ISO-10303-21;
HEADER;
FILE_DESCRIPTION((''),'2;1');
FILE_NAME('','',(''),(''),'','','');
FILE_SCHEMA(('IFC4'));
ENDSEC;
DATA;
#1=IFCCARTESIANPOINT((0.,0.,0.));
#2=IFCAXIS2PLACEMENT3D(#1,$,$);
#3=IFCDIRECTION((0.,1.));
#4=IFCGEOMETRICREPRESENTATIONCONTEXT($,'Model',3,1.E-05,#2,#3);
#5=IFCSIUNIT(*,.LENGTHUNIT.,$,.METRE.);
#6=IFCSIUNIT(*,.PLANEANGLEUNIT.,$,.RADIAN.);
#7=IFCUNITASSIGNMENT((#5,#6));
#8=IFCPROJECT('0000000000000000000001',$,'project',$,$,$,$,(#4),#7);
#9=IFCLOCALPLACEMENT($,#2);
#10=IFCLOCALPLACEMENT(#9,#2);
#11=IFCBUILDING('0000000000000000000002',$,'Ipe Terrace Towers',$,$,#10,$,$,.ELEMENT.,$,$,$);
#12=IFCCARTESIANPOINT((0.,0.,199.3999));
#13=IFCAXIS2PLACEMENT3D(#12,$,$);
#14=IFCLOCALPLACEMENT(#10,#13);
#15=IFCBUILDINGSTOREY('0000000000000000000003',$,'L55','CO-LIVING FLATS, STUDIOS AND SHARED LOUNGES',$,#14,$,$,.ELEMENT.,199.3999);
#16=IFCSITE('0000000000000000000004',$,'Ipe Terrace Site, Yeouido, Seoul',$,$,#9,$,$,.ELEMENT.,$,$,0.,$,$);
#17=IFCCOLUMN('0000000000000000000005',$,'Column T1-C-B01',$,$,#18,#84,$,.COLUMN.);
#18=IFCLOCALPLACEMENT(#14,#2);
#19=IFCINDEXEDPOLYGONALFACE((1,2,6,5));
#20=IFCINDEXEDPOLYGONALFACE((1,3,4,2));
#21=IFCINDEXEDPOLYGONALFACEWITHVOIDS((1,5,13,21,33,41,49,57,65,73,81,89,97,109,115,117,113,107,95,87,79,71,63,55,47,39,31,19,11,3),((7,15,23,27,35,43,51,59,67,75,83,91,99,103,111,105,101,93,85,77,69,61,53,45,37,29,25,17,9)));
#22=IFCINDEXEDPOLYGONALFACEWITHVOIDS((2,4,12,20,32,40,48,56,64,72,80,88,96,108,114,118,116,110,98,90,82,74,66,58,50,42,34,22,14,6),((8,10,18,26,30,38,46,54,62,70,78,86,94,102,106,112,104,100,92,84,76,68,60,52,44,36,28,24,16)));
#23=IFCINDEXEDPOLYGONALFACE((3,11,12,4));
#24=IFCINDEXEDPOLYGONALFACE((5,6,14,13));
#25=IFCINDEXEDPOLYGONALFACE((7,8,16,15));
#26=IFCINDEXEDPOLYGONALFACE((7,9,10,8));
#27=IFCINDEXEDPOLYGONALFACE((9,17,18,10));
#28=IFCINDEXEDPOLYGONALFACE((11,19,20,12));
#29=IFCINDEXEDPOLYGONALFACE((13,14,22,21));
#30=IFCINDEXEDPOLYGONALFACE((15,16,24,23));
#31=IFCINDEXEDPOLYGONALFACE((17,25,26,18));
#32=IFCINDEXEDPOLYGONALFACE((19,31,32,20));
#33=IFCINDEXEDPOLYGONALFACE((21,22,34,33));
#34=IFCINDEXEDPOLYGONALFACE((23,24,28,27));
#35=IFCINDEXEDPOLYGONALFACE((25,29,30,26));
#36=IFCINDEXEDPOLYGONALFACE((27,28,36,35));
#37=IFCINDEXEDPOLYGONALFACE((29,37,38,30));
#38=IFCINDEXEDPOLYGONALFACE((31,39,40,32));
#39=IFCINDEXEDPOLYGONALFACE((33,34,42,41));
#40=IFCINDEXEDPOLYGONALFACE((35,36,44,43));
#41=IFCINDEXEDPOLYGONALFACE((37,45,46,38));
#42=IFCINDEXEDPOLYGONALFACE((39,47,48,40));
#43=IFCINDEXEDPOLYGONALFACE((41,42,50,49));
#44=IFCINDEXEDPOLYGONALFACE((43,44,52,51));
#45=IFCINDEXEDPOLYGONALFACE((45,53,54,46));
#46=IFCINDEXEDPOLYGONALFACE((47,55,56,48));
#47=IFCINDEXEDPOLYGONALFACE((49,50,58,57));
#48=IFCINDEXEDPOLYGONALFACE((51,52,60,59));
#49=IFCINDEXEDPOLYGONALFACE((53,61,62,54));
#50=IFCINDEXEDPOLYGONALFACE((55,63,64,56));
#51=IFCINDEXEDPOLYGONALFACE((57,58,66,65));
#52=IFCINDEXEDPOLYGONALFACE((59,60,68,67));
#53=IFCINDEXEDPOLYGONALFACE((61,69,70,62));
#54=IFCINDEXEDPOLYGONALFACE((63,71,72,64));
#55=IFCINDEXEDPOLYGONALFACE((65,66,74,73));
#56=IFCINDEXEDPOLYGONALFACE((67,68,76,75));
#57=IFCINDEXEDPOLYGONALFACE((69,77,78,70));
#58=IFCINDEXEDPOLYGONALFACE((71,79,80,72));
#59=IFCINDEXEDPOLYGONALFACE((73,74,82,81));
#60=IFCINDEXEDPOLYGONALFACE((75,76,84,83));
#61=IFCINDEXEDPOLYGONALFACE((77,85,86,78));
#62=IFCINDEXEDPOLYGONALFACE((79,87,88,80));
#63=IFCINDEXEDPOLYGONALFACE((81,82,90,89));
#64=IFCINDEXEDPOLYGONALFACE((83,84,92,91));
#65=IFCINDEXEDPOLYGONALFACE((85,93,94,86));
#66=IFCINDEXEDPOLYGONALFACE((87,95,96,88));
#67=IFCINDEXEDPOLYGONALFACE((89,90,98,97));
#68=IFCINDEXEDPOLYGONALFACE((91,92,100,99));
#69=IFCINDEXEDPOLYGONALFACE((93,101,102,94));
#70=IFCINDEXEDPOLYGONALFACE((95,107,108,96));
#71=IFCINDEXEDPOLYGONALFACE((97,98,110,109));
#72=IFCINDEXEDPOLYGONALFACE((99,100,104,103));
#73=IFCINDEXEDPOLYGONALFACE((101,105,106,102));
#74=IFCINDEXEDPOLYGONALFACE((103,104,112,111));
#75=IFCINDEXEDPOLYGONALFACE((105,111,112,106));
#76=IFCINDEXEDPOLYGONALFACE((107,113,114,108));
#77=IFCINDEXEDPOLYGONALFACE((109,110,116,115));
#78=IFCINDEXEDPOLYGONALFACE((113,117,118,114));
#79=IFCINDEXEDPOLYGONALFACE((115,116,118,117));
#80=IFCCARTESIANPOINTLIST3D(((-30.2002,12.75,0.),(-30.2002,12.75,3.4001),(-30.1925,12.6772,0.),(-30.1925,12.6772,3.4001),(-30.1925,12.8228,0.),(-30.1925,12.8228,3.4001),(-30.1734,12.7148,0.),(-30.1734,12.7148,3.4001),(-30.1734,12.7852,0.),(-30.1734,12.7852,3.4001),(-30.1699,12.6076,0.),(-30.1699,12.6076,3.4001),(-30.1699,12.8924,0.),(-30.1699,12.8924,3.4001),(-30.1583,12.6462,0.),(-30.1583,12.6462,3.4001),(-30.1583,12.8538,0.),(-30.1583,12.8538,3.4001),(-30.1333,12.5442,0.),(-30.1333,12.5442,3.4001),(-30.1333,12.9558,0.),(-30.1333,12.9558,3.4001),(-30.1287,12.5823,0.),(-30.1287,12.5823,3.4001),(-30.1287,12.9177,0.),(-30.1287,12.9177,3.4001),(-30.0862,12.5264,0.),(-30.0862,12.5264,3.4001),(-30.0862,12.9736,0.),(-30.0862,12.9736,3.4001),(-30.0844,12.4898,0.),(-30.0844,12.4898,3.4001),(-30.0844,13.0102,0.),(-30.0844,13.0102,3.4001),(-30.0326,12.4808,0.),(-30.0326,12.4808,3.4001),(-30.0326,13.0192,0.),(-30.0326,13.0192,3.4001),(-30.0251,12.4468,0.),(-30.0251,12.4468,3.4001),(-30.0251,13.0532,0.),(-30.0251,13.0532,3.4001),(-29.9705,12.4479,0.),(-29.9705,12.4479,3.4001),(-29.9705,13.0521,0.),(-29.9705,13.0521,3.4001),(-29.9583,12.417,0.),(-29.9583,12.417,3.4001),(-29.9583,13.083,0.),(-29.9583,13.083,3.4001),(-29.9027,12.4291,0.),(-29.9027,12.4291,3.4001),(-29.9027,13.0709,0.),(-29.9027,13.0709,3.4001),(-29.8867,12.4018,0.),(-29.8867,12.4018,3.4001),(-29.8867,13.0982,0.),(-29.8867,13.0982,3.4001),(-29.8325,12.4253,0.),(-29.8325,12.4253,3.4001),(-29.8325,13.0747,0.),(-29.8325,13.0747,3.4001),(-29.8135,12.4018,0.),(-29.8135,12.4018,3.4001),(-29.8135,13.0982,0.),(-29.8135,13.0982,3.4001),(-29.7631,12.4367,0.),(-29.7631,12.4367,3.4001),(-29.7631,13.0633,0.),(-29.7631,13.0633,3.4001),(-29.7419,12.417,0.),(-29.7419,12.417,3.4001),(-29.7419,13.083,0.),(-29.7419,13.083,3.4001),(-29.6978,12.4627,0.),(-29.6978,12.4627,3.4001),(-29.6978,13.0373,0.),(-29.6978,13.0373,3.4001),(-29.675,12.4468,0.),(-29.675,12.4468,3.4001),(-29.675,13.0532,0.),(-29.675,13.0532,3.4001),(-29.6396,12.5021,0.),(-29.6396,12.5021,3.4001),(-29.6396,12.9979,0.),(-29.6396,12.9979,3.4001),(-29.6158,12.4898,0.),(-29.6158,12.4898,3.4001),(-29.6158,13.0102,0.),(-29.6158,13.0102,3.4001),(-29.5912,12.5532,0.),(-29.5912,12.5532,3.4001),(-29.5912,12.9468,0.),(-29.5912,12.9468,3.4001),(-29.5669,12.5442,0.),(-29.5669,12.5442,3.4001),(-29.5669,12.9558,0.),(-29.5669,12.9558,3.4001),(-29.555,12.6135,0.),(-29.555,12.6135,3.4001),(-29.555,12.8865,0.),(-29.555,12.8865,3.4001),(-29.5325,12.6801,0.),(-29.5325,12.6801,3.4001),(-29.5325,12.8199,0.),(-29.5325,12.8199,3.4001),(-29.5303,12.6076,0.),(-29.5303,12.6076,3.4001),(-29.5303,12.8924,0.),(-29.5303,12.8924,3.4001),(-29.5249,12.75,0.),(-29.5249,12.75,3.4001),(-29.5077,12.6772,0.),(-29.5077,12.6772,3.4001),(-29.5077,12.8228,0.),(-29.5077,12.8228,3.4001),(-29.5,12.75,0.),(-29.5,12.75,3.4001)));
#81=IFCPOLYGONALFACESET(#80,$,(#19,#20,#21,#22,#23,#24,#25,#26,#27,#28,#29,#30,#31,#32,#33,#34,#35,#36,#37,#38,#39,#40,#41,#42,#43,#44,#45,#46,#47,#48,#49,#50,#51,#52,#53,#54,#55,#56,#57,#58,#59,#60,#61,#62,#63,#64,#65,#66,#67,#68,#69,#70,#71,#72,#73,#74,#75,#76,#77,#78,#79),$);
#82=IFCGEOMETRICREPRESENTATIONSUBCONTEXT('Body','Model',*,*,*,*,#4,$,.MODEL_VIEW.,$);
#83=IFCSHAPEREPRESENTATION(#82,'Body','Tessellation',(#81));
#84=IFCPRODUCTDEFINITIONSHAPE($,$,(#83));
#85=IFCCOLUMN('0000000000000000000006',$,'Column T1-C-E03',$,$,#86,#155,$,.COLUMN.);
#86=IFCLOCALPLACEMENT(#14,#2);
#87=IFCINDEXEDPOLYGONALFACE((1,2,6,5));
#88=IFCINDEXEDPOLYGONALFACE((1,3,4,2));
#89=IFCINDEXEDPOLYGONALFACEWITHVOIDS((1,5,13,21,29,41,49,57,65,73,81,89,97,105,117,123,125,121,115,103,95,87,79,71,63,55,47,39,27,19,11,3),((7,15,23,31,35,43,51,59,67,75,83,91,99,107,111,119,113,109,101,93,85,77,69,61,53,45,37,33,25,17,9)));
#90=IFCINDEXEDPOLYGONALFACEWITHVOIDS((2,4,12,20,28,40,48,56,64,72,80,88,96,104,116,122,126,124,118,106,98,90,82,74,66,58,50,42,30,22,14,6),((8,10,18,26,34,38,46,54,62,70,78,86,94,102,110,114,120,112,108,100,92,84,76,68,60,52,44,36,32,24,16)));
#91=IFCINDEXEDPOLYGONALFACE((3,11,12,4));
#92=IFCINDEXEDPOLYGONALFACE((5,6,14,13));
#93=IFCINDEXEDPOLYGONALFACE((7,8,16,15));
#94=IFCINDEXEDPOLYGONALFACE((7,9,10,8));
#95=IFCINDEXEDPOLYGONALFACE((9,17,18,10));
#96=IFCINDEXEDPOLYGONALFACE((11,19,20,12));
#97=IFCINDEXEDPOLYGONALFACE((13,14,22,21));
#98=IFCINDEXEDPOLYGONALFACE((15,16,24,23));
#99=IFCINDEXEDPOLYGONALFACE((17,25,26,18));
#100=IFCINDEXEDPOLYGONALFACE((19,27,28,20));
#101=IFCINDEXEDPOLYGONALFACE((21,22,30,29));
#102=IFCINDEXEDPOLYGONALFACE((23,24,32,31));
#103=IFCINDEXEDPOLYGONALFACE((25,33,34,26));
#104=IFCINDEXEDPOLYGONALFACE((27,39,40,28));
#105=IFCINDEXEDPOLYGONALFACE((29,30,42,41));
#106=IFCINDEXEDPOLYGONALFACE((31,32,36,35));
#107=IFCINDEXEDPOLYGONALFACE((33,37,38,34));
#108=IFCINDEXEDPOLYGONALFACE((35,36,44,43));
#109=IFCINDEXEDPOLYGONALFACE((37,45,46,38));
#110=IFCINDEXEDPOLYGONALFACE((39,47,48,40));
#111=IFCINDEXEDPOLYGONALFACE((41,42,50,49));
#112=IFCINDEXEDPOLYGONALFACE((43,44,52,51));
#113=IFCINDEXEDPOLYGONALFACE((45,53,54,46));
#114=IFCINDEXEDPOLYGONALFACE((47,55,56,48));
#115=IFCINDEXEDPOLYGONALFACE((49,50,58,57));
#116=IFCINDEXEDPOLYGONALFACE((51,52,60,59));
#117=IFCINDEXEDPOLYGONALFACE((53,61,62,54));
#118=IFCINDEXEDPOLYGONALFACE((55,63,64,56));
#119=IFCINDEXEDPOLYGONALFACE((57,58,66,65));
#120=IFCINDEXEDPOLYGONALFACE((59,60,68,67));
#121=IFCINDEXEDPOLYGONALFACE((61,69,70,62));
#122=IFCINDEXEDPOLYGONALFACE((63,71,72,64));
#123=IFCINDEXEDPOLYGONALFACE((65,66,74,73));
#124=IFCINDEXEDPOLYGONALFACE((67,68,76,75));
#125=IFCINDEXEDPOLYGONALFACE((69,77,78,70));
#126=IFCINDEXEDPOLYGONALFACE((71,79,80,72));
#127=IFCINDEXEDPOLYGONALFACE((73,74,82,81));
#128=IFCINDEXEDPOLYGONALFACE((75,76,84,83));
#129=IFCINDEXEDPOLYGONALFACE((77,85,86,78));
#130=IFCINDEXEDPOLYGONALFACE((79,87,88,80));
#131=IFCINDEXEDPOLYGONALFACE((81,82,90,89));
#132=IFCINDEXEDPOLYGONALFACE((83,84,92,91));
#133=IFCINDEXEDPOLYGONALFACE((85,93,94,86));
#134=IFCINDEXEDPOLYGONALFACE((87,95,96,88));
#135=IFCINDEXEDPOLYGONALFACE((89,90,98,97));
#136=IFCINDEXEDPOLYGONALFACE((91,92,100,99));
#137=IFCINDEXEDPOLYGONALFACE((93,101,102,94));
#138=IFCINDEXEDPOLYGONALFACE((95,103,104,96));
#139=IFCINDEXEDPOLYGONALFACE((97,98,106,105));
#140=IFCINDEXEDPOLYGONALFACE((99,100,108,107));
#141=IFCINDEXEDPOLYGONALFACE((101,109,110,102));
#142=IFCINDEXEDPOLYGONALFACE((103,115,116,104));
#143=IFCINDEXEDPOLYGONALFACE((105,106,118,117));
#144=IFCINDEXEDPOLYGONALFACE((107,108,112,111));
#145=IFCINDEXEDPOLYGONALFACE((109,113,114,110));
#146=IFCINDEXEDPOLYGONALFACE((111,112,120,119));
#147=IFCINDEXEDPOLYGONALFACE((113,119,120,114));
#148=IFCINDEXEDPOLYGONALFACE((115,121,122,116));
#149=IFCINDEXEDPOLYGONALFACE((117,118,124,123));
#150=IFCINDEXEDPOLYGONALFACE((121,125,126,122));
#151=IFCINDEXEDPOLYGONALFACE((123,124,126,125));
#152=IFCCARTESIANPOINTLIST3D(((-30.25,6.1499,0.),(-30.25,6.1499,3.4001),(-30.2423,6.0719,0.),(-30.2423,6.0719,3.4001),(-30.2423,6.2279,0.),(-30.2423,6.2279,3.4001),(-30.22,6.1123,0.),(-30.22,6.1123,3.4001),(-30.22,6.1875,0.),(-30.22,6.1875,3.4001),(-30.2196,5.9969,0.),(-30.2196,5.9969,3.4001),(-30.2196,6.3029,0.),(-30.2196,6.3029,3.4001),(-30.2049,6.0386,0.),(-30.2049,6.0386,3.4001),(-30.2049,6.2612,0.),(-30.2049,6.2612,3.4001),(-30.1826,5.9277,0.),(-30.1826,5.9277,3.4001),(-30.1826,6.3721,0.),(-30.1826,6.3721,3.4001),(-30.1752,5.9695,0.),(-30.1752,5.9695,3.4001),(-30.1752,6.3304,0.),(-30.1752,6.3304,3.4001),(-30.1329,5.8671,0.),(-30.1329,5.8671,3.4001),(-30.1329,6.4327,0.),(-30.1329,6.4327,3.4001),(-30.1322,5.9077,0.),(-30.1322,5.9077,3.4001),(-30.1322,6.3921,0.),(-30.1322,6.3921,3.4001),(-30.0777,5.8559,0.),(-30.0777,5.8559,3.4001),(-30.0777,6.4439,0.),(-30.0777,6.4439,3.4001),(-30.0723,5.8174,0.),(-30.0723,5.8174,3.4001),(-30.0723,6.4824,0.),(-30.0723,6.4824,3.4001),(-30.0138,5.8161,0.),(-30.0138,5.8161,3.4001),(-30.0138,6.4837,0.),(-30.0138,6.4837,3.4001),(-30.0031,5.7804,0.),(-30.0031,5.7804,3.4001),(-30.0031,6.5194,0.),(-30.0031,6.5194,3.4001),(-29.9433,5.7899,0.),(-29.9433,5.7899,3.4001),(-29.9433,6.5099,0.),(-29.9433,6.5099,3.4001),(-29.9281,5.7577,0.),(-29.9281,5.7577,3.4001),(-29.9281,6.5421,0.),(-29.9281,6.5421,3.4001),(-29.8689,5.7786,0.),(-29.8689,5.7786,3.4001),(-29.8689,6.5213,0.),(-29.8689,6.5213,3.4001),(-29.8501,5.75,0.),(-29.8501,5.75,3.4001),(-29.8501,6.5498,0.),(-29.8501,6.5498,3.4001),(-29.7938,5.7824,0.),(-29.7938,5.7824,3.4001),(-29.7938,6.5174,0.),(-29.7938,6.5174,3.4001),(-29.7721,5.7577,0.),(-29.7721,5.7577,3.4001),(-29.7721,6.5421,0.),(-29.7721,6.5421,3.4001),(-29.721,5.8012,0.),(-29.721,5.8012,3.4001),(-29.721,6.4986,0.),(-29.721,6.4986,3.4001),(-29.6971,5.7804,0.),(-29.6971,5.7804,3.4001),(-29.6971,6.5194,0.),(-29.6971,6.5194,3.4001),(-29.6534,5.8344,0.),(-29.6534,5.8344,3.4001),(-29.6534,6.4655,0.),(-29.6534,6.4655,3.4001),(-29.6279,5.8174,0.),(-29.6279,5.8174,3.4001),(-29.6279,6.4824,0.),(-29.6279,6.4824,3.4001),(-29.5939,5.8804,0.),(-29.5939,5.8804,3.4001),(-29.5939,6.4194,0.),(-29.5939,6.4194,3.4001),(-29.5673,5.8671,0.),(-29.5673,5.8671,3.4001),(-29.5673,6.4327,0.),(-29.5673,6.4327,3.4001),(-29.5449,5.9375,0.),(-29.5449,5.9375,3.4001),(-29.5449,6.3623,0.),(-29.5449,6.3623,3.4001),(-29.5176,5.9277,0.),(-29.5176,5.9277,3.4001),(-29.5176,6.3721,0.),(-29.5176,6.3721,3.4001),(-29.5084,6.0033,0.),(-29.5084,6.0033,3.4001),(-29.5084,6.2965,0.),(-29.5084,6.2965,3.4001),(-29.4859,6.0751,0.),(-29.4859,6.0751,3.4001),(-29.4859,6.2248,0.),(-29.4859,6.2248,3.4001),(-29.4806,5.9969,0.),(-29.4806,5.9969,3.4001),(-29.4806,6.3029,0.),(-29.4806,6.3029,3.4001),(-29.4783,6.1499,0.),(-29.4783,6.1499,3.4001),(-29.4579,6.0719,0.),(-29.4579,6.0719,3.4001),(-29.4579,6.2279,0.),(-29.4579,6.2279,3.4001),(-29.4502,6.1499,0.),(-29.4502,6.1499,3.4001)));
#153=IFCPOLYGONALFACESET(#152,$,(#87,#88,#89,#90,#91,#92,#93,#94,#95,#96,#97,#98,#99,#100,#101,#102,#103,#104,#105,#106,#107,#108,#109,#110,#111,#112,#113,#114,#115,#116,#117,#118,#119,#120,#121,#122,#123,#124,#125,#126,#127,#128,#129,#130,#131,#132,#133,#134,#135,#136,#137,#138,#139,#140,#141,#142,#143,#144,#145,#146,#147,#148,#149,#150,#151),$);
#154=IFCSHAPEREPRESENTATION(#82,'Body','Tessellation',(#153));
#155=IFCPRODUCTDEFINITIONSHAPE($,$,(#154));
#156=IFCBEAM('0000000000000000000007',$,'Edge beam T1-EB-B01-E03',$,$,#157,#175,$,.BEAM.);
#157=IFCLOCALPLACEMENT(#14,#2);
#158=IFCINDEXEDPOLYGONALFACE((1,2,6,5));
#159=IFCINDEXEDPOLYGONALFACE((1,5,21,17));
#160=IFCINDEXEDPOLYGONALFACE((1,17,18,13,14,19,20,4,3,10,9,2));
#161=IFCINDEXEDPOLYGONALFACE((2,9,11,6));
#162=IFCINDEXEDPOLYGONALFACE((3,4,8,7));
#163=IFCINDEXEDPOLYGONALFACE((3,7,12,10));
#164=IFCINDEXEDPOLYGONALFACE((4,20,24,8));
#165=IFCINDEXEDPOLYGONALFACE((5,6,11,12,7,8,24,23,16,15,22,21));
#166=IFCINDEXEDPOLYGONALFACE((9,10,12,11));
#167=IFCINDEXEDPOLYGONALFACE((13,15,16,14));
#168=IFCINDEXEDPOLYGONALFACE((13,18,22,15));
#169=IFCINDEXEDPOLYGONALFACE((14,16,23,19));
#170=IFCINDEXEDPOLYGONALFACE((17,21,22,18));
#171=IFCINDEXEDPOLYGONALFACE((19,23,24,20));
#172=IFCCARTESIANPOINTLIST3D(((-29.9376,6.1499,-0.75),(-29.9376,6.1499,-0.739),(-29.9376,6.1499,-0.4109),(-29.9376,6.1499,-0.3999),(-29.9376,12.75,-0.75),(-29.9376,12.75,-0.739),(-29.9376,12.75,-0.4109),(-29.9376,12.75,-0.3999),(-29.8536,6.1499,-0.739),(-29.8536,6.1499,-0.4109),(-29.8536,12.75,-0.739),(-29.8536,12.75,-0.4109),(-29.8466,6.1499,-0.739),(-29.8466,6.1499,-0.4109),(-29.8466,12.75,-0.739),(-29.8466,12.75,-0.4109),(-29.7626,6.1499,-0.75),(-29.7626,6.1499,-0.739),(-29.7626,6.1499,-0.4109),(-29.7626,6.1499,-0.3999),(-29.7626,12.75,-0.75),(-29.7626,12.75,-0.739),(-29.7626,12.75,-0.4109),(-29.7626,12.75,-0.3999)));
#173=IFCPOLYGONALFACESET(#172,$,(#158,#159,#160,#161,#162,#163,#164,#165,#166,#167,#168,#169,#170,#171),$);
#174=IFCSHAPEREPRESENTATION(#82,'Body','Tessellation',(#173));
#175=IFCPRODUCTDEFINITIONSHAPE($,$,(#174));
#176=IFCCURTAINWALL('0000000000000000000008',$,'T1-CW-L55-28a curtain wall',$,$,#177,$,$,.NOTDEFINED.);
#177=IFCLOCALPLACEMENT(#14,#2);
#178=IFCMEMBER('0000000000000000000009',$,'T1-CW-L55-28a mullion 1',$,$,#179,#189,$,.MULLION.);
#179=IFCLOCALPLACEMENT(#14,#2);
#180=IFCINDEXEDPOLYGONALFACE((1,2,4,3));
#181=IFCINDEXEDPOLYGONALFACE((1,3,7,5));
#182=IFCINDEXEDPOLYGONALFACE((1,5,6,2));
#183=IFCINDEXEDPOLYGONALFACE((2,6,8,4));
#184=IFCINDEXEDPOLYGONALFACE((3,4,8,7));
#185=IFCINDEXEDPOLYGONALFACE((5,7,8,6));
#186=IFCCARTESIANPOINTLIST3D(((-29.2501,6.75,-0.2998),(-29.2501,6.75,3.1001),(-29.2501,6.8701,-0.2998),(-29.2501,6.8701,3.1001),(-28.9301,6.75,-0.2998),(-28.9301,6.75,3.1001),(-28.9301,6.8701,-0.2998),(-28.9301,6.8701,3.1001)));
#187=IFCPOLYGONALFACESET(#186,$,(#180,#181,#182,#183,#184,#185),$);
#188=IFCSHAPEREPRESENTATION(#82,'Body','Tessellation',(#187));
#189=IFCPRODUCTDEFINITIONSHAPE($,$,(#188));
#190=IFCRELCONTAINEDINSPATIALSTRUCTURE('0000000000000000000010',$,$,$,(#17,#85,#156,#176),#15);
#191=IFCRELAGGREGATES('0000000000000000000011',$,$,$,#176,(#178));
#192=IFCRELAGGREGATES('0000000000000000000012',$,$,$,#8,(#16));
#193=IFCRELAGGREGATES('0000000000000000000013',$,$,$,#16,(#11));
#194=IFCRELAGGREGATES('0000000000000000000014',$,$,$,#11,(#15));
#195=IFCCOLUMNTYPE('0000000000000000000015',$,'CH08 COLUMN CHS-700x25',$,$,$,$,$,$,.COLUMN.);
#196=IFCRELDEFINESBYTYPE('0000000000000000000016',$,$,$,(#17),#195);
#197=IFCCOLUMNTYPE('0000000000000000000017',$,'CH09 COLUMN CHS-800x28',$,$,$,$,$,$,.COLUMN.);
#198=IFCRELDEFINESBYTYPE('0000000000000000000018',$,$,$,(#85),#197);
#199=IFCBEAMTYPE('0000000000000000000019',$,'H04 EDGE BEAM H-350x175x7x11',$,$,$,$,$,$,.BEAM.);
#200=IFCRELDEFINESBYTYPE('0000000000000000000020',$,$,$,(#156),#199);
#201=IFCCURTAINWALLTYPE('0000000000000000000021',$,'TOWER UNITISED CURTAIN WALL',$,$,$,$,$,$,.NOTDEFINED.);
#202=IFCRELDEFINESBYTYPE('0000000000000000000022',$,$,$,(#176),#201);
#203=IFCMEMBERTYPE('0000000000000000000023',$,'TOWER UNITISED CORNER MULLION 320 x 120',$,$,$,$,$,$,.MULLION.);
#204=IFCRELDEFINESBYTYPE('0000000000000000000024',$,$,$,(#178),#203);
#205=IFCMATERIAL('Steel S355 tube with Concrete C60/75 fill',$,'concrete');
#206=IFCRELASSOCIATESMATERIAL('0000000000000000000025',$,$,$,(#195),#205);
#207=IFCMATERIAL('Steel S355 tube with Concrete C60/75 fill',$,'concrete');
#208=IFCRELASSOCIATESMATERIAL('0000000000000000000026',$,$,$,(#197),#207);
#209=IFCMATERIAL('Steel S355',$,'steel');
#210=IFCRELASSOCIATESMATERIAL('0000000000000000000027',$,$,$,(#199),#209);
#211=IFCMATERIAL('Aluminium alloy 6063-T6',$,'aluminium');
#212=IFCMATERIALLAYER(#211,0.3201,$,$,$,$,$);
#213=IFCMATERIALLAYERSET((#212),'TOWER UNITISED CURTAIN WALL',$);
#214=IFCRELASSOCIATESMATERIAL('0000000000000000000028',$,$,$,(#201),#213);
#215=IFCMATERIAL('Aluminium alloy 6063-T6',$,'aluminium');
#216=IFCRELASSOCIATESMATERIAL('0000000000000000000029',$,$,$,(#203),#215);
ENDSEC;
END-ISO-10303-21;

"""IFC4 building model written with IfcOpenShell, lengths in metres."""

from ifc_helpers import new_model, si_unit, direction, frame, origin, origin_2d, place, context, subcontext, project, spatial, rectangle, hollow_circle, i_section, extrude, material, layer, layer_set, material_profile, profile_set, type_object, element, aggregate, save


model = new_model("IFC4")

# Units and contexts
model_context = context("Model", 3, precision=1e-05, world=origin(), true_north=direction((0.0, 1.0)))
body_context = subcontext(model_context, "Body", "Model", "MODEL_VIEW")
ifc_project = project(units=[si_unit("LENGTHUNIT", "METRE"), si_unit("PLANEANGLEUNIT", "RADIAN")], contexts=[model_context])

# Site, building, storey
site_placement = place(None, origin())
site = spatial("IfcSite", under=ifc_project, at=site_placement, Name="Ipe Terrace Site, Yeouido, Seoul", CompositionType="ELEMENT", RefElevation=0.0)
building_placement = place(site_placement, origin())
building = spatial("IfcBuilding", under=site, at=building_placement, Name="Ipe Terrace Towers", CompositionType="ELEMENT")
storey_placement = place(building_placement, frame((0.0, 0.0, 199.3999)))
storey = spatial("IfcBuildingStorey", under=building, at=storey_placement, Name="L55", Description="CO-LIVING FLATS, STUDIOS AND SHARED LOUNGES", CompositionType="ELEMENT", Elevation=199.3999)

# Columns
ifc_material_1 = material(Name="Steel S355 tube with Concrete C60/75 fill", Category="concrete")
ifc_material_profile_1 = material_profile(ifc_material_1, hollow_circle(Radius=0.3501, WallThickness=0.0249, at=origin_2d()), Name="CHS-700x25")
ifc_profile_set_1 = profile_set([ifc_material_profile_1], Name="Steel S355 tube with Concrete C60/75 fill")
column_type_1 = type_object("IfcColumnType", Name="CH08 COLUMN CHS-700x25", PredefinedType="COLUMN", material=ifc_profile_set_1)
column_1_placement = place(storey_placement, frame((-29.8501, 12.75, 0.0), z_axis=(0.0, 0.0, 1.0), x_axis=(1.0, 0.0, 0.0)))
element("IfcColumn", 1, at=column_1_placement, inside=storey, type_object=column_type_1, Name="Column T1-C-B01", PredefinedType="COLUMN", context=body_context, shape_type="SweptSolid", body=[
    extrude(hollow_circle(Radius=0.3501, WallThickness=0.0249, at=origin_2d()), origin(), (0.0, 0.0, 1.0), 3.4001),
])
ifc_material_2 = material(Name="Steel S355 tube with Concrete C60/75 fill", Category="concrete")
ifc_material_profile_2 = material_profile(ifc_material_2, hollow_circle(Radius=0.3999, WallThickness=0.0281, at=origin_2d()), Name="CHS-800x28")
ifc_profile_set_2 = profile_set([ifc_material_profile_2], Name="Steel S355 tube with Concrete C60/75 fill")
column_type_2 = type_object("IfcColumnType", Name="CH09 COLUMN CHS-800x28", PredefinedType="COLUMN", material=ifc_profile_set_2)
column_2_placement = place(storey_placement, frame((-29.8501, 6.1499, 0.0), z_axis=(0.0, 0.0, 1.0), x_axis=(1.0, 0.0, 0.0)))
element("IfcColumn", 2, at=column_2_placement, inside=storey, type_object=column_type_2, Name="Column T1-C-E03", PredefinedType="COLUMN", context=body_context, shape_type="SweptSolid", body=[
    extrude(hollow_circle(Radius=0.3999, WallThickness=0.0281, at=origin_2d()), origin(), (0.0, 0.0, 1.0), 3.4001),
])

# Beam
ifc_material_3 = material(Name="Steel S355", Category="steel")
ifc_material_profile_3 = material_profile(ifc_material_3, i_section(OverallWidth=0.175, OverallDepth=0.3501, WebThickness=0.0071, FlangeThickness=0.011, at=origin_2d()), Name="H-350x175x7x11")
ifc_profile_set_3 = profile_set([ifc_material_profile_3], Name="Steel S355")
beam_type = type_object("IfcBeamType", Name="H04 EDGE BEAM H-350x175x7x11", PredefinedType="BEAM", material=ifc_profile_set_3)
beam_placement = place(storey_placement, frame((-29.8501, 12.75, -0.575), z_axis=(0.0, -1.0, 0.0), x_axis=(1.0, 0.0, 0.0)))
element("IfcBeam", 3, at=beam_placement, inside=storey, type_object=beam_type, Name="Edge beam T1-EB-B01-E03", PredefinedType="BEAM", context=body_context, shape_type="SweptSolid", body=[
    extrude(i_section(OverallWidth=0.175, OverallDepth=0.3501, WebThickness=0.0071, FlangeThickness=0.011, at=origin_2d()), origin(), (0.0, 0.0, 1.0), 6.6001),
])

# Curtain wall, member
ifc_material_4 = material(Name="Aluminium alloy 6063-T6", Category="aluminium")
ifc_layer_1 = layer(ifc_material_4, 0.3201)
ifc_layer_set_1 = layer_set([ifc_layer_1], Name="TOWER UNITISED CURTAIN WALL")
curtain_wall_type = type_object("IfcCurtainWallType", Name="TOWER UNITISED CURTAIN WALL", PredefinedType="NOTDEFINED", material=ifc_layer_set_1)
curtain_wall_placement = place(storey_placement, origin())
curtain_wall = element("IfcCurtainWall", 4, at=curtain_wall_placement, inside=storey, type_object=curtain_wall_type, Name="T1-CW-L55-28a curtain wall", PredefinedType="NOTDEFINED")
ifc_material_5 = material(Name="Aluminium alloy 6063-T6", Category="aluminium")
ifc_material_profile_4 = material_profile(ifc_material_5, rectangle(XDim=0.3201, YDim=0.1201, at=origin_2d()), Name="TOWER UNITISED CORNER MULLION 320 x 120")
ifc_profile_set_4 = profile_set([ifc_material_profile_4], Name="Aluminium alloy 6063-T6")
member_type = type_object("IfcMemberType", Name="TOWER UNITISED CORNER MULLION 320 x 120", PredefinedType="MULLION", material=ifc_profile_set_4)
member_1_placement = place(storey_placement, frame((-29.0901, 6.8101, -0.2998), z_axis=(0.0, 0.0, 1.0), x_axis=(1.0, 0.0, 0.0)))
member_1 = element("IfcMember", 5, at=member_1_placement, type_object=member_type, Name="T1-CW-L55-28a mullion 1", PredefinedType="MULLION", context=body_context, shape_type="SweptSolid", body=[
    extrude(rectangle(XDim=0.3201, YDim=0.1201, at=origin_2d()), origin(), (0.0, 0.0, 1.0), 3.3999),
])
aggregate(curtain_wall, [member_1])

save(model, "model.ifc")
